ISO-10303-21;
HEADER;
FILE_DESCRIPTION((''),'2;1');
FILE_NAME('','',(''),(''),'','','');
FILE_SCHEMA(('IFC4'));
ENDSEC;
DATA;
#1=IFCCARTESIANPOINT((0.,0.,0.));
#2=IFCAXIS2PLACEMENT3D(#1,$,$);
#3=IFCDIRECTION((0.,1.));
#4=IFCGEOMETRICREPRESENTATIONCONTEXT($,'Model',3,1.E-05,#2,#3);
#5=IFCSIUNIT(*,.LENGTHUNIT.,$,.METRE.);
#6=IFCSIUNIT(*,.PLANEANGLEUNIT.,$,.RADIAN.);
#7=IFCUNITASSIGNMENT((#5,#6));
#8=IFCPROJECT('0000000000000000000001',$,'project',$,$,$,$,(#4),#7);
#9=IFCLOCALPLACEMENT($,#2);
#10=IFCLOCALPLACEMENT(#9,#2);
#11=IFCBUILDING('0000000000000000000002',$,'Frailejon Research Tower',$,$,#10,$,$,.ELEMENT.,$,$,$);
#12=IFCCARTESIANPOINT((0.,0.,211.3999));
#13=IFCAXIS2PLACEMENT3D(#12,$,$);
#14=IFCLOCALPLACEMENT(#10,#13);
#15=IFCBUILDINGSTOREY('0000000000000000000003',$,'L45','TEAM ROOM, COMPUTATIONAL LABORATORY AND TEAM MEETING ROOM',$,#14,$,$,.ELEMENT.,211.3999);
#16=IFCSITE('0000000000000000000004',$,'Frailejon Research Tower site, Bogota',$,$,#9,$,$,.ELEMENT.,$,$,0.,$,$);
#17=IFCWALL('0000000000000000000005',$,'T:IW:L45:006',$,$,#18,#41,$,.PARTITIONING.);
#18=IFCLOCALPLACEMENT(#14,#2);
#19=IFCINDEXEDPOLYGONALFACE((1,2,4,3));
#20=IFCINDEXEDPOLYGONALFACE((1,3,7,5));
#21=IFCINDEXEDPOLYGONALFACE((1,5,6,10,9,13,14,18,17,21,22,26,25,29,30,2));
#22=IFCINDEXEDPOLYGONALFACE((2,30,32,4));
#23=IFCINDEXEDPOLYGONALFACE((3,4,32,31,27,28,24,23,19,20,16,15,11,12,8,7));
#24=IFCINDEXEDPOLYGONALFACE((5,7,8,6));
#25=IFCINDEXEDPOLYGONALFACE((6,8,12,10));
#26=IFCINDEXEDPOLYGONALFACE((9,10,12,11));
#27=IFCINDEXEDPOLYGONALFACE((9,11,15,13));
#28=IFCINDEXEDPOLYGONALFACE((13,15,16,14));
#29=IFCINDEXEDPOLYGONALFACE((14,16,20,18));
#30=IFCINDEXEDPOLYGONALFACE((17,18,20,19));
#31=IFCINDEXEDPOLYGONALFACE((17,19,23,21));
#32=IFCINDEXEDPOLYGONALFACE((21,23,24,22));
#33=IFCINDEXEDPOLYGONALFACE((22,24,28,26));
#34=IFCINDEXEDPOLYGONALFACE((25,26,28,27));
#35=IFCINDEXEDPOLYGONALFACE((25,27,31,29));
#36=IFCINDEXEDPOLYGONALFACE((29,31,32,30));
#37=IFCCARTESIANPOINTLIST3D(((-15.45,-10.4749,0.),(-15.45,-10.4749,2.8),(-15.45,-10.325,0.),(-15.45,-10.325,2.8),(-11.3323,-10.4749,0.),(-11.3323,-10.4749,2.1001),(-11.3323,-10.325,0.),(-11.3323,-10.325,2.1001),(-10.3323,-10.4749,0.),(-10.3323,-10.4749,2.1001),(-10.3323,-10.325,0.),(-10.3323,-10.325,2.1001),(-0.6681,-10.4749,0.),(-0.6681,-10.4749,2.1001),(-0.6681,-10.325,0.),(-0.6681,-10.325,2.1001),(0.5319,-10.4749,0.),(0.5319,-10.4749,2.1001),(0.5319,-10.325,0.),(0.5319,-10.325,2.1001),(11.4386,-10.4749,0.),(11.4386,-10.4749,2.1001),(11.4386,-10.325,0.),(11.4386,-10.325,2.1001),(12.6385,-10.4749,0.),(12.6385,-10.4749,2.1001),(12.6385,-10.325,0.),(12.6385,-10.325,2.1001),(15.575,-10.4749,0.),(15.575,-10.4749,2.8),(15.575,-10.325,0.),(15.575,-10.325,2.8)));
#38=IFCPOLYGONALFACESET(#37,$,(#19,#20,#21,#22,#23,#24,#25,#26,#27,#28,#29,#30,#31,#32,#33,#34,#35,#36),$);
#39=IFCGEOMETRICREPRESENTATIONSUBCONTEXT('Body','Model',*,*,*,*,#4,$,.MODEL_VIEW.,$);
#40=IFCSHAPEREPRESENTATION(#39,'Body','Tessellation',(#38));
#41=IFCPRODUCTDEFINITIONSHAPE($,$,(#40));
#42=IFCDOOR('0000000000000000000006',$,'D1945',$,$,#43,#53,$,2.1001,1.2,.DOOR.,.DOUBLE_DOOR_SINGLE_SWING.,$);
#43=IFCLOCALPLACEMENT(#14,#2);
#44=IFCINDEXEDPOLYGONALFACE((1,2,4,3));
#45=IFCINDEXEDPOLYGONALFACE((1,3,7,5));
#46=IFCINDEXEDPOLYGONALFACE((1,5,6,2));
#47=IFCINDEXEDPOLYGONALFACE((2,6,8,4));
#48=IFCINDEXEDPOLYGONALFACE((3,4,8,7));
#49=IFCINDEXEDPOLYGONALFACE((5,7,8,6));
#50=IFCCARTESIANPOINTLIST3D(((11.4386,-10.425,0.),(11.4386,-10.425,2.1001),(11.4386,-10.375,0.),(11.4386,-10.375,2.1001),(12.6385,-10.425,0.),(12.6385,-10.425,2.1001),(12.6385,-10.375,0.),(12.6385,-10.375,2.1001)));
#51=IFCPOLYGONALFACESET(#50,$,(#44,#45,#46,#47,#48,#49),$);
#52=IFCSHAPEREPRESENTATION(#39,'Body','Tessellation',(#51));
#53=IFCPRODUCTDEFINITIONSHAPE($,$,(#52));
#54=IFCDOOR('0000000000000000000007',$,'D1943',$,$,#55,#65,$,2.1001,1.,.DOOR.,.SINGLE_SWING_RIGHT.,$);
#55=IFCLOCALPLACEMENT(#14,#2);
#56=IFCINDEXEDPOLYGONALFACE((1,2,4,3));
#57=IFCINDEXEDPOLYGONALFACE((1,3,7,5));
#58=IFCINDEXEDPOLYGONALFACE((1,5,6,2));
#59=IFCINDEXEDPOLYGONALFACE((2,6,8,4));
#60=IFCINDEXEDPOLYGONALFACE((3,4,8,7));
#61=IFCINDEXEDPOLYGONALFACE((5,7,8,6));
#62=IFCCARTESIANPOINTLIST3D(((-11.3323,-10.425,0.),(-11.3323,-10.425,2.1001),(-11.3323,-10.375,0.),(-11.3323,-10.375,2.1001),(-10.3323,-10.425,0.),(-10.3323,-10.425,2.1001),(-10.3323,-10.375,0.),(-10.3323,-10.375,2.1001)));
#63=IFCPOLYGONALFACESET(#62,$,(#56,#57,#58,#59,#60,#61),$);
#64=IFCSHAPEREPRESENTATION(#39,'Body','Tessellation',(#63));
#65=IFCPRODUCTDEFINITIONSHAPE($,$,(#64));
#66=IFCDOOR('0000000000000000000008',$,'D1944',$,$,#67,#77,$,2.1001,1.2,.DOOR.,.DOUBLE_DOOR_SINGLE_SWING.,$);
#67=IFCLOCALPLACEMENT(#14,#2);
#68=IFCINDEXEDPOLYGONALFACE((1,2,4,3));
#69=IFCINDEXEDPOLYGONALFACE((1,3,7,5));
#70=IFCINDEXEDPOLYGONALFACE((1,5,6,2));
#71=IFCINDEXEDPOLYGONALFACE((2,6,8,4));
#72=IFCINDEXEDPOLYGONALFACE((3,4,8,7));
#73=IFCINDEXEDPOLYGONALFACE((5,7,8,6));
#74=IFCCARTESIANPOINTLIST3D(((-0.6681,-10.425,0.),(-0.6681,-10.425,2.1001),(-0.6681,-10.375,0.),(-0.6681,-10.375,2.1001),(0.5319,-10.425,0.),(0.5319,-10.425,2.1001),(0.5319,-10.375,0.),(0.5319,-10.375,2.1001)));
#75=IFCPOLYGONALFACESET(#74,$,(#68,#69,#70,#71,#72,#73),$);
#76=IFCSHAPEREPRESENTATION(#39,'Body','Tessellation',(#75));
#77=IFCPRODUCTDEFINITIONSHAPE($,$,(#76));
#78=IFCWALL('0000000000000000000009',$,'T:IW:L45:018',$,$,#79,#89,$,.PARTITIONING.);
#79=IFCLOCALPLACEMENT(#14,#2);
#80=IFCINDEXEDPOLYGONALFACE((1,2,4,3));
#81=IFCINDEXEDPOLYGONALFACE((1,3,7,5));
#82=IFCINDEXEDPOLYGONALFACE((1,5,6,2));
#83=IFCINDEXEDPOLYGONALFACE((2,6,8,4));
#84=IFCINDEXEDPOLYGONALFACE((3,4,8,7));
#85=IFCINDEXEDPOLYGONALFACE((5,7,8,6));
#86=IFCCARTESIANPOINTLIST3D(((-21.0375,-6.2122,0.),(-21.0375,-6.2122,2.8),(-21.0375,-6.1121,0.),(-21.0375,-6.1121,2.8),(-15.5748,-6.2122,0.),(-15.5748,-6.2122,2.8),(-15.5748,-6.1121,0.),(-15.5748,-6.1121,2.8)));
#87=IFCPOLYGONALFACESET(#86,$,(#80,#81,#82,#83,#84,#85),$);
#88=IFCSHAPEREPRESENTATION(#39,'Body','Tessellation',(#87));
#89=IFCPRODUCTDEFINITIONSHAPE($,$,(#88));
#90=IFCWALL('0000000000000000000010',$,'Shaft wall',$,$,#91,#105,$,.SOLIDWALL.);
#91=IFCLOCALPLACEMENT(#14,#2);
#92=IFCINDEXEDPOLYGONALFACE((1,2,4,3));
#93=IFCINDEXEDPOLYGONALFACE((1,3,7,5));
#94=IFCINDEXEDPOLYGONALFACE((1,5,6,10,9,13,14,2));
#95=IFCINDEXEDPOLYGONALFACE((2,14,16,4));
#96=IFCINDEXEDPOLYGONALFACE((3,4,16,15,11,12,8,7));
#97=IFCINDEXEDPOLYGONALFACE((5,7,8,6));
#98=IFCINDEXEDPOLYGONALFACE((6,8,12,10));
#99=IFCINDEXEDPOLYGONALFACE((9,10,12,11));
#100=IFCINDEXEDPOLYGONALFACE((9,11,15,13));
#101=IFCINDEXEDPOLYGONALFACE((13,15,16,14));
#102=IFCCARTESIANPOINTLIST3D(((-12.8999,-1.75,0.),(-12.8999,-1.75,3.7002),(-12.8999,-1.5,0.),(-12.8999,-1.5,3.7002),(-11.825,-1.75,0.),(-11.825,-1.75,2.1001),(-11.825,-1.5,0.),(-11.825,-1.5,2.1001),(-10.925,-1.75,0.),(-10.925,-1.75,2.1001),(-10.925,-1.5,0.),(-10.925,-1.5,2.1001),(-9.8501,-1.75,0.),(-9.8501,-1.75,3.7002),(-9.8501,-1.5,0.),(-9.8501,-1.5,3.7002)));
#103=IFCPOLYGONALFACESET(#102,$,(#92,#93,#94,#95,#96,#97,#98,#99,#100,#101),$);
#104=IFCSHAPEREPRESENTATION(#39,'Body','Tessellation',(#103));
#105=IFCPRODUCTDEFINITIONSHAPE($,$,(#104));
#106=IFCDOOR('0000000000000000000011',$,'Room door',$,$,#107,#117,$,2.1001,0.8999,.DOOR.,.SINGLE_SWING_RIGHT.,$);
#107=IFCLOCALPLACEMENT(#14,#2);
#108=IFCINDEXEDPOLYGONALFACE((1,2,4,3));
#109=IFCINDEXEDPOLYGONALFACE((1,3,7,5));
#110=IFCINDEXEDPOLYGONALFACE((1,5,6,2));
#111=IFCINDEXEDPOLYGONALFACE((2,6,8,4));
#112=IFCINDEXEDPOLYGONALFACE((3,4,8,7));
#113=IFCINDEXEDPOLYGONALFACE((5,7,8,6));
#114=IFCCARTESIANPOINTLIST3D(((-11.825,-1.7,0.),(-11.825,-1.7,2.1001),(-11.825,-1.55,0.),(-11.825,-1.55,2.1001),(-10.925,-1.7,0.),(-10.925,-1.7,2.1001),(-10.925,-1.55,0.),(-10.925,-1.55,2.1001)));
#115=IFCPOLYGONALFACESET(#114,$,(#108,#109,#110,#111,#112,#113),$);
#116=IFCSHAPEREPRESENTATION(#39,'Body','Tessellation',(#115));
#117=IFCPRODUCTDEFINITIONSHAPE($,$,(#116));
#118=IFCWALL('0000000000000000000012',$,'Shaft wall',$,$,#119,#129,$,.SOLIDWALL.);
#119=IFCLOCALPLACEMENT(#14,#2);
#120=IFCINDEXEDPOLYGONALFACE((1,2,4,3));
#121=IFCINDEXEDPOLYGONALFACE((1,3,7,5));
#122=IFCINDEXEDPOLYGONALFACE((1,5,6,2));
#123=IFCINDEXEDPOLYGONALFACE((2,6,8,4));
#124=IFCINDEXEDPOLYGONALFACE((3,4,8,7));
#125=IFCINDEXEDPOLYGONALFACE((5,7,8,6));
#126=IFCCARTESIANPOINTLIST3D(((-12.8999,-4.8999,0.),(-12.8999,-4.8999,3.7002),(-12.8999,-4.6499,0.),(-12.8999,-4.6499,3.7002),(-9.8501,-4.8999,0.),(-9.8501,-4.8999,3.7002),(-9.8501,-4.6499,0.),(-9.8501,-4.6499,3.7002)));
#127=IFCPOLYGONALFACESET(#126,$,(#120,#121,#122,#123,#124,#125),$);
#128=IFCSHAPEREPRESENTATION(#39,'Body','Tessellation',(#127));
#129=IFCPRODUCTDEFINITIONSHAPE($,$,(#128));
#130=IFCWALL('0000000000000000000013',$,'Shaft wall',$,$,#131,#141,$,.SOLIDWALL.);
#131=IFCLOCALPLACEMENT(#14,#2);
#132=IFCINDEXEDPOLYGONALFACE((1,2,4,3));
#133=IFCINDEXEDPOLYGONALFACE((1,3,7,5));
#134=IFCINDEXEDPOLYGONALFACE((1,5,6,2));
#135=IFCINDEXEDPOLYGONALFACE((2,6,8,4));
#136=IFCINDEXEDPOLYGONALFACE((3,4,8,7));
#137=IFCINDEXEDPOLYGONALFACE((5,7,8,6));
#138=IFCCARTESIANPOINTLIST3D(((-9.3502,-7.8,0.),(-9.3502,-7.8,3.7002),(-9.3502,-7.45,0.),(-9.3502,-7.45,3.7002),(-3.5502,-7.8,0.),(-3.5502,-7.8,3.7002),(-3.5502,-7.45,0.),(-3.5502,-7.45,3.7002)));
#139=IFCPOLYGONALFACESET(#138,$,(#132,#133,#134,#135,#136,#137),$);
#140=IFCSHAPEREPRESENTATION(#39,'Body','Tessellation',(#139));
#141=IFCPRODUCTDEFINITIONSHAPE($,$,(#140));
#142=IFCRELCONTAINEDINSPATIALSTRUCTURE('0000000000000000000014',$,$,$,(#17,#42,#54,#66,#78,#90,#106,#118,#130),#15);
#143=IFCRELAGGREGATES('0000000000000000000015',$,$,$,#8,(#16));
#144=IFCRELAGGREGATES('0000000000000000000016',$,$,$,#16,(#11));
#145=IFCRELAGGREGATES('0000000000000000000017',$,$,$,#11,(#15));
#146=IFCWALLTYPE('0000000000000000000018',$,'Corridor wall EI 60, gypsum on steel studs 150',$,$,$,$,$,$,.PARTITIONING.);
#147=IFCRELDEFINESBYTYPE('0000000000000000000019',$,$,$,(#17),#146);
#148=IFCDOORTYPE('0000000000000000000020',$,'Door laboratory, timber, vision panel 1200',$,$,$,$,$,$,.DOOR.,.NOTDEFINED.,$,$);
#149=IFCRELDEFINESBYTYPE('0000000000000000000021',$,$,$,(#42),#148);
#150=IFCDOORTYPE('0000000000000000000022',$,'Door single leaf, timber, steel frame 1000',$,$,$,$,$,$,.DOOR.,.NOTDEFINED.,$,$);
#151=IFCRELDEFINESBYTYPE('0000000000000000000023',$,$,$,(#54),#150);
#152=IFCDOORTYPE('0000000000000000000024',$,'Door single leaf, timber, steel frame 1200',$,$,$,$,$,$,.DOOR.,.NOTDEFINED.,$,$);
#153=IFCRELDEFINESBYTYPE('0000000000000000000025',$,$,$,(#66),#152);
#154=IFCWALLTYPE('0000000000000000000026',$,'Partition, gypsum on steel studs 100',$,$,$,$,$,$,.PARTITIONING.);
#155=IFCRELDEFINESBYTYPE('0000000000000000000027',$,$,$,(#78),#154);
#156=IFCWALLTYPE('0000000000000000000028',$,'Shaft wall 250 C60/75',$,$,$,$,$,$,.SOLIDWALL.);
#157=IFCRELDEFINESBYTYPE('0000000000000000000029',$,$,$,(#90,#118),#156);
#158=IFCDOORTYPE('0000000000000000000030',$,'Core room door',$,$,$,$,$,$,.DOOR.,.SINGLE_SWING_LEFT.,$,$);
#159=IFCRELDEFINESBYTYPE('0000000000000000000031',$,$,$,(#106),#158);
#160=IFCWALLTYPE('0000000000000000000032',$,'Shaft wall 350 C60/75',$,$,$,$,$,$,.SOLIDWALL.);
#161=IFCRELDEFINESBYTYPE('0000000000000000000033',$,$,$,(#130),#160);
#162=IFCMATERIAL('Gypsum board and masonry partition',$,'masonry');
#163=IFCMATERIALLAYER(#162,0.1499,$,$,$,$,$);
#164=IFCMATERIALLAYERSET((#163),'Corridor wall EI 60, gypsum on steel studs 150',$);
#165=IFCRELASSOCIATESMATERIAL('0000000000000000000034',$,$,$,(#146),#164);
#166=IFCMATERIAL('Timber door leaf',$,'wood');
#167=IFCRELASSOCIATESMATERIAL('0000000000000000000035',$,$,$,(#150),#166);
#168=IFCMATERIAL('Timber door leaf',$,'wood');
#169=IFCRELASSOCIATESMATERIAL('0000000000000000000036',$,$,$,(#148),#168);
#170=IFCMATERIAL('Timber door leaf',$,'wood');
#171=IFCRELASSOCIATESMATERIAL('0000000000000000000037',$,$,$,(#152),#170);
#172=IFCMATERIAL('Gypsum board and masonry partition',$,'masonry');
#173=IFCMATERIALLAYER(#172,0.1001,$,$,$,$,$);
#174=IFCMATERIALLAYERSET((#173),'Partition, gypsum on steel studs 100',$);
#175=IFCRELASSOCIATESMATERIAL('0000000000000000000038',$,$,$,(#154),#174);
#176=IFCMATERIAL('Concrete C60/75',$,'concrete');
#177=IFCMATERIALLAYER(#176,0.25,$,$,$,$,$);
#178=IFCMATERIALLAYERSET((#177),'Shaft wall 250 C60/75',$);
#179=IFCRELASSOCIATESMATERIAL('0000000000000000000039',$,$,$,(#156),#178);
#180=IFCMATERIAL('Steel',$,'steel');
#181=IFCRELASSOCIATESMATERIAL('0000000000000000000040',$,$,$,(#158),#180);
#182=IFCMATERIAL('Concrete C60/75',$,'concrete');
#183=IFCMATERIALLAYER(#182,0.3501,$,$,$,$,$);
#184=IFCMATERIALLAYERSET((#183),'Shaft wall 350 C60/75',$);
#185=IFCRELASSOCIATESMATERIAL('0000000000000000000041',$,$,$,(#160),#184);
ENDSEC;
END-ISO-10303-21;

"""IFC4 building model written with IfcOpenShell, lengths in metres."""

from ifc_helpers import new_model, si_unit, direction, frame, frame_2d, origin, place, context, subcontext, project, spatial, rectangle, extrude, material, layer, layer_set, type_object, element, fill, save


model = new_model("IFC4")

# Units and contexts
model_context = context("Model", 3, precision=1e-05, world=origin(), true_north=direction((0.0, 1.0)))
body_context = subcontext(model_context, "Body", "Model", "MODEL_VIEW")
ifc_project = project(units=[si_unit("LENGTHUNIT", "METRE"), si_unit("PLANEANGLEUNIT", "RADIAN")], contexts=[model_context])

# Site, building, storey
site_placement = place(None, origin())
site = spatial("IfcSite", under=ifc_project, at=site_placement, Name="Frailejon Research Tower site, Bogota", CompositionType="ELEMENT", RefElevation=0.0)
building_placement = place(site_placement, origin())
building = spatial("IfcBuilding", under=site, at=building_placement, Name="Frailejon Research Tower", CompositionType="ELEMENT")
storey_placement = place(building_placement, frame((0.0, 0.0, 211.3999)))
storey = spatial("IfcBuildingStorey", under=building, at=storey_placement, Name="L45", Description="TEAM ROOM, COMPUTATIONAL LABORATORY AND TEAM MEETING ROOM", CompositionType="ELEMENT", Elevation=211.3999)

# Shared definitions
ifc_material_1 = material(Name="Gypsum board and masonry partition", Category="masonry")
ifc_layer_1 = layer(ifc_material_1, 0.1499)
ifc_layer_set_1 = layer_set([ifc_layer_1], Name="Corridor wall EI 60, gypsum on steel studs 150")
wall_type_1 = type_object("IfcWallType", Name="Corridor wall EI 60, gypsum on steel studs 150", PredefinedType="PARTITIONING", material=ifc_layer_set_1)
ifc_material_2 = material(Name="Timber door leaf", Category="wood")
door_type_1 = type_object("IfcDoorType", Name="Door single leaf, timber, steel frame 1000", OperationType="NOTDEFINED", PredefinedType="DOOR", material=ifc_material_2)

# Wall, openings, doors
wall_1_placement = place(storey_placement, frame((-15.45, -10.3999, 0.0), z_axis=(0.0, 0.0, 1.0), x_axis=(1.0, 0.0, 0.0)))
wall_1 = element("IfcWall", 1, at=wall_1_placement, inside=storey, type_object=wall_type_1, Name="T:IW:L45:006", PredefinedType="PARTITIONING", context=body_context, shape_type="SweptSolid", body=[
    extrude(rectangle(XDim=31.0249, YDim=0.1499, at=frame_2d((15.5125, 0.0))), origin(), (0.0, 0.0, 1.0), 2.8),
])
opening_1_placement = place(wall_1_placement, frame((4.1177, 0.0, 0.0)))
opening_1 = element("IfcOpeningElement", 2, at=opening_1_placement, cuts=wall_1, PredefinedType="OPENING", context=body_context, shape_type="SweptSolid", body=[
    extrude(rectangle(XDim=1.0, YDim=2.1001, at=frame_2d((0.5, 1.05))), frame((0.0, 0.085, 0.0), z_axis=(0.0, -1.0, 0.0), x_axis=(1.0, 0.0, 0.0)), (0.0, 0.0, 1.0), 0.1699),
])
opening_2_placement = place(wall_1_placement, frame((14.7817, 0.0, 0.0)))
opening_2 = element("IfcOpeningElement", 3, at=opening_2_placement, cuts=wall_1, PredefinedType="OPENING", context=body_context, shape_type="SweptSolid", body=[
    extrude(rectangle(XDim=1.2, YDim=2.1001, at=frame_2d((0.6001, 1.05))), frame((0.0, 0.085, 0.0), z_axis=(0.0, -1.0, 0.0), x_axis=(1.0, 0.0, 0.0)), (0.0, 0.0, 1.0), 0.1699),
])
opening_3_placement = place(wall_1_placement, frame((26.8884, 0.0, 0.0)))
opening_3 = element("IfcOpeningElement", 4, at=opening_3_placement, cuts=wall_1, PredefinedType="OPENING", context=body_context, shape_type="SweptSolid", body=[
    extrude(rectangle(XDim=1.2, YDim=2.1001, at=frame_2d((0.6001, 1.05))), frame((0.0, 0.085, 0.0), z_axis=(0.0, -1.0, 0.0), x_axis=(1.0, 0.0, 0.0)), (0.0, 0.0, 1.0), 0.1699),
])
ifc_material_3 = material(Name="Timber door leaf", Category="wood")
door_type_2 = type_object("IfcDoorType", Name="Door laboratory, timber, vision panel 1200", OperationType="NOTDEFINED", PredefinedType="DOOR", material=ifc_material_3)
door_1_placement = place(opening_3_placement, origin())
door_1 = element("IfcDoor", 5, at=door_1_placement, inside=storey, type_object=door_type_2, Name="D1945", OperationType="DOUBLE_DOOR_SINGLE_SWING", OverallHeight=2.1001, OverallWidth=1.2, PredefinedType="DOOR", context=body_context, shape_type="SweptSolid", body=[
    extrude(rectangle(XDim=1.2, YDim=2.1001, at=frame_2d((0.6001, 1.05))), frame((0.0, 0.0249, 0.0), z_axis=(0.0, -1.0, 0.0), x_axis=(1.0, 0.0, 0.0)), (0.0, 0.0, 1.0), 0.05),
])
fill(opening_3, door_1)
door_2_placement = place(opening_1_placement, origin())
door_2 = element("IfcDoor", 6, at=door_2_placement, inside=storey, type_object=door_type_1, Name="D1943", OperationType="SINGLE_SWING_RIGHT", OverallHeight=2.1001, OverallWidth=1.0, PredefinedType="DOOR", context=body_context, shape_type="SweptSolid", body=[
    extrude(rectangle(XDim=1.0, YDim=2.1001, at=frame_2d((0.5, 1.05))), frame((0.0, 0.0249, 0.0), z_axis=(0.0, -1.0, 0.0), x_axis=(1.0, 0.0, 0.0)), (0.0, 0.0, 1.0), 0.05),
])
fill(opening_1, door_2)
ifc_material_4 = material(Name="Timber door leaf", Category="wood")
door_type_3 = type_object("IfcDoorType", Name="Door single leaf, timber, steel frame 1200", OperationType="NOTDEFINED", PredefinedType="DOOR", material=ifc_material_4)
door_3_placement = place(opening_2_placement, origin())
door_3 = element("IfcDoor", 7, at=door_3_placement, inside=storey, type_object=door_type_3, Name="D1944", OperationType="DOUBLE_DOOR_SINGLE_SWING", OverallHeight=2.1001, OverallWidth=1.2, PredefinedType="DOOR", context=body_context, shape_type="SweptSolid", body=[
    extrude(rectangle(XDim=1.2, YDim=2.1001, at=frame_2d((0.6001, 1.05))), frame((0.0, 0.0249, 0.0), z_axis=(0.0, -1.0, 0.0), x_axis=(1.0, 0.0, 0.0)), (0.0, 0.0, 1.0), 0.05),
])
fill(opening_2, door_3)

# Wall
ifc_material_5 = material(Name="Gypsum board and masonry partition", Category="masonry")
ifc_layer_2 = layer(ifc_material_5, 0.1001)
ifc_layer_set_2 = layer_set([ifc_layer_2], Name="Partition, gypsum on steel studs 100")
wall_type_2 = type_object("IfcWallType", Name="Partition, gypsum on steel studs 100", PredefinedType="PARTITIONING", material=ifc_layer_set_2)
wall_2_placement = place(storey_placement, frame((-21.0376, -6.1621, 0.0), z_axis=(0.0, 0.0, 1.0), x_axis=(1.0, 0.0, 0.0)))
element("IfcWall", 8, at=wall_2_placement, inside=storey, type_object=wall_type_2, Name="T:IW:L45:018", PredefinedType="PARTITIONING", context=body_context, shape_type="SweptSolid", body=[
    extrude(rectangle(XDim=5.4626, YDim=0.1001, at=frame_2d((2.7314, 0.0))), origin(), (0.0, 0.0, 1.0), 2.8),
])

# Wall, opening, door
ifc_material_6 = material(Name="Concrete C60/75", Category="concrete")
ifc_layer_3 = layer(ifc_material_6, 0.25)
ifc_layer_set_3 = layer_set([ifc_layer_3], Name="Shaft wall 250 C60/75")
wall_type_3 = type_object("IfcWallType", Name="Shaft wall 250 C60/75", PredefinedType="SOLIDWALL", material=ifc_layer_set_3)
wall_3_placement = place(storey_placement, frame((-12.8999, -1.625, 0.0), z_axis=(0.0, 0.0, 1.0), x_axis=(1.0, 0.0, 0.0)))
wall_3 = element("IfcWall", 9, at=wall_3_placement, inside=storey, type_object=wall_type_3, Name="Shaft wall", PredefinedType="SOLIDWALL", context=body_context, shape_type="SweptSolid", body=[
    extrude(rectangle(XDim=3.0498, YDim=0.25, at=frame_2d((1.5249, 0.0))), origin(), (0.0, 0.0, 1.0), 3.7002),
])
opening_4_placement = place(wall_3_placement, frame((1.075, 0.0, 0.0)))
opening_4 = element("IfcOpeningElement", 10, at=opening_4_placement, cuts=wall_3, PredefinedType="OPENING", context=body_context, shape_type="SweptSolid", body=[
    extrude(rectangle(XDim=0.8999, YDim=2.1001, at=frame_2d((0.45, 1.05))), frame((0.0, 0.135, 0.0), z_axis=(0.0, -1.0, 0.0), x_axis=(1.0, 0.0, 0.0)), (0.0, 0.0, 1.0), 0.27),
])
ifc_material_7 = material(Name="Steel", Category="steel")
door_type_4 = type_object("IfcDoorType", Name="Core room door", OperationType="SINGLE_SWING_LEFT", PredefinedType="DOOR", material=ifc_material_7)
door_4_placement = place(opening_4_placement, origin())
door_4 = element("IfcDoor", 11, at=door_4_placement, inside=storey, type_object=door_type_4, Name="Room door", OperationType="SINGLE_SWING_RIGHT", OverallHeight=2.1001, OverallWidth=0.8999, PredefinedType="DOOR", context=body_context, shape_type="SweptSolid", body=[
    extrude(rectangle(XDim=0.8999, YDim=2.1001, at=frame_2d((0.45, 1.05))), frame((0.0, 0.075, 0.0), z_axis=(0.0, -1.0, 0.0), x_axis=(1.0, 0.0, 0.0)), (0.0, 0.0, 1.0), 0.1499),
])
fill(opening_4, door_4)

# Walls
wall_4_placement = place(storey_placement, frame((-12.8999, -4.7749, 0.0), z_axis=(0.0, 0.0, 1.0), x_axis=(1.0, 0.0, 0.0)))
element("IfcWall", 12, at=wall_4_placement, inside=storey, type_object=wall_type_3, Name="Shaft wall", PredefinedType="SOLIDWALL", context=body_context, shape_type="SweptSolid", body=[
    extrude(rectangle(XDim=3.0498, YDim=0.25, at=frame_2d((1.5249, 0.0))), origin(), (0.0, 0.0, 1.0), 3.7002),
])
ifc_material_8 = material(Name="Concrete C60/75", Category="concrete")
ifc_layer_4 = layer(ifc_material_8, 0.3501)
ifc_layer_set_4 = layer_set([ifc_layer_4], Name="Shaft wall 350 C60/75")
wall_type_4 = type_object("IfcWallType", Name="Shaft wall 350 C60/75", PredefinedType="SOLIDWALL", material=ifc_layer_set_4)
wall_5_placement = place(storey_placement, frame((-9.3501, -7.625, 0.0), z_axis=(0.0, 0.0, 1.0), x_axis=(1.0, 0.0, 0.0)))
element("IfcWall", 13, at=wall_5_placement, inside=storey, type_object=wall_type_4, Name="Shaft wall", PredefinedType="SOLIDWALL", context=body_context, shape_type="SweptSolid", body=[
    extrude(rectangle(XDim=5.8, YDim=0.3501, at=frame_2d((2.8999, 0.0))), origin(), (0.0, 0.0, 1.0), 3.7002),
])

save(model, "model.ifc")
